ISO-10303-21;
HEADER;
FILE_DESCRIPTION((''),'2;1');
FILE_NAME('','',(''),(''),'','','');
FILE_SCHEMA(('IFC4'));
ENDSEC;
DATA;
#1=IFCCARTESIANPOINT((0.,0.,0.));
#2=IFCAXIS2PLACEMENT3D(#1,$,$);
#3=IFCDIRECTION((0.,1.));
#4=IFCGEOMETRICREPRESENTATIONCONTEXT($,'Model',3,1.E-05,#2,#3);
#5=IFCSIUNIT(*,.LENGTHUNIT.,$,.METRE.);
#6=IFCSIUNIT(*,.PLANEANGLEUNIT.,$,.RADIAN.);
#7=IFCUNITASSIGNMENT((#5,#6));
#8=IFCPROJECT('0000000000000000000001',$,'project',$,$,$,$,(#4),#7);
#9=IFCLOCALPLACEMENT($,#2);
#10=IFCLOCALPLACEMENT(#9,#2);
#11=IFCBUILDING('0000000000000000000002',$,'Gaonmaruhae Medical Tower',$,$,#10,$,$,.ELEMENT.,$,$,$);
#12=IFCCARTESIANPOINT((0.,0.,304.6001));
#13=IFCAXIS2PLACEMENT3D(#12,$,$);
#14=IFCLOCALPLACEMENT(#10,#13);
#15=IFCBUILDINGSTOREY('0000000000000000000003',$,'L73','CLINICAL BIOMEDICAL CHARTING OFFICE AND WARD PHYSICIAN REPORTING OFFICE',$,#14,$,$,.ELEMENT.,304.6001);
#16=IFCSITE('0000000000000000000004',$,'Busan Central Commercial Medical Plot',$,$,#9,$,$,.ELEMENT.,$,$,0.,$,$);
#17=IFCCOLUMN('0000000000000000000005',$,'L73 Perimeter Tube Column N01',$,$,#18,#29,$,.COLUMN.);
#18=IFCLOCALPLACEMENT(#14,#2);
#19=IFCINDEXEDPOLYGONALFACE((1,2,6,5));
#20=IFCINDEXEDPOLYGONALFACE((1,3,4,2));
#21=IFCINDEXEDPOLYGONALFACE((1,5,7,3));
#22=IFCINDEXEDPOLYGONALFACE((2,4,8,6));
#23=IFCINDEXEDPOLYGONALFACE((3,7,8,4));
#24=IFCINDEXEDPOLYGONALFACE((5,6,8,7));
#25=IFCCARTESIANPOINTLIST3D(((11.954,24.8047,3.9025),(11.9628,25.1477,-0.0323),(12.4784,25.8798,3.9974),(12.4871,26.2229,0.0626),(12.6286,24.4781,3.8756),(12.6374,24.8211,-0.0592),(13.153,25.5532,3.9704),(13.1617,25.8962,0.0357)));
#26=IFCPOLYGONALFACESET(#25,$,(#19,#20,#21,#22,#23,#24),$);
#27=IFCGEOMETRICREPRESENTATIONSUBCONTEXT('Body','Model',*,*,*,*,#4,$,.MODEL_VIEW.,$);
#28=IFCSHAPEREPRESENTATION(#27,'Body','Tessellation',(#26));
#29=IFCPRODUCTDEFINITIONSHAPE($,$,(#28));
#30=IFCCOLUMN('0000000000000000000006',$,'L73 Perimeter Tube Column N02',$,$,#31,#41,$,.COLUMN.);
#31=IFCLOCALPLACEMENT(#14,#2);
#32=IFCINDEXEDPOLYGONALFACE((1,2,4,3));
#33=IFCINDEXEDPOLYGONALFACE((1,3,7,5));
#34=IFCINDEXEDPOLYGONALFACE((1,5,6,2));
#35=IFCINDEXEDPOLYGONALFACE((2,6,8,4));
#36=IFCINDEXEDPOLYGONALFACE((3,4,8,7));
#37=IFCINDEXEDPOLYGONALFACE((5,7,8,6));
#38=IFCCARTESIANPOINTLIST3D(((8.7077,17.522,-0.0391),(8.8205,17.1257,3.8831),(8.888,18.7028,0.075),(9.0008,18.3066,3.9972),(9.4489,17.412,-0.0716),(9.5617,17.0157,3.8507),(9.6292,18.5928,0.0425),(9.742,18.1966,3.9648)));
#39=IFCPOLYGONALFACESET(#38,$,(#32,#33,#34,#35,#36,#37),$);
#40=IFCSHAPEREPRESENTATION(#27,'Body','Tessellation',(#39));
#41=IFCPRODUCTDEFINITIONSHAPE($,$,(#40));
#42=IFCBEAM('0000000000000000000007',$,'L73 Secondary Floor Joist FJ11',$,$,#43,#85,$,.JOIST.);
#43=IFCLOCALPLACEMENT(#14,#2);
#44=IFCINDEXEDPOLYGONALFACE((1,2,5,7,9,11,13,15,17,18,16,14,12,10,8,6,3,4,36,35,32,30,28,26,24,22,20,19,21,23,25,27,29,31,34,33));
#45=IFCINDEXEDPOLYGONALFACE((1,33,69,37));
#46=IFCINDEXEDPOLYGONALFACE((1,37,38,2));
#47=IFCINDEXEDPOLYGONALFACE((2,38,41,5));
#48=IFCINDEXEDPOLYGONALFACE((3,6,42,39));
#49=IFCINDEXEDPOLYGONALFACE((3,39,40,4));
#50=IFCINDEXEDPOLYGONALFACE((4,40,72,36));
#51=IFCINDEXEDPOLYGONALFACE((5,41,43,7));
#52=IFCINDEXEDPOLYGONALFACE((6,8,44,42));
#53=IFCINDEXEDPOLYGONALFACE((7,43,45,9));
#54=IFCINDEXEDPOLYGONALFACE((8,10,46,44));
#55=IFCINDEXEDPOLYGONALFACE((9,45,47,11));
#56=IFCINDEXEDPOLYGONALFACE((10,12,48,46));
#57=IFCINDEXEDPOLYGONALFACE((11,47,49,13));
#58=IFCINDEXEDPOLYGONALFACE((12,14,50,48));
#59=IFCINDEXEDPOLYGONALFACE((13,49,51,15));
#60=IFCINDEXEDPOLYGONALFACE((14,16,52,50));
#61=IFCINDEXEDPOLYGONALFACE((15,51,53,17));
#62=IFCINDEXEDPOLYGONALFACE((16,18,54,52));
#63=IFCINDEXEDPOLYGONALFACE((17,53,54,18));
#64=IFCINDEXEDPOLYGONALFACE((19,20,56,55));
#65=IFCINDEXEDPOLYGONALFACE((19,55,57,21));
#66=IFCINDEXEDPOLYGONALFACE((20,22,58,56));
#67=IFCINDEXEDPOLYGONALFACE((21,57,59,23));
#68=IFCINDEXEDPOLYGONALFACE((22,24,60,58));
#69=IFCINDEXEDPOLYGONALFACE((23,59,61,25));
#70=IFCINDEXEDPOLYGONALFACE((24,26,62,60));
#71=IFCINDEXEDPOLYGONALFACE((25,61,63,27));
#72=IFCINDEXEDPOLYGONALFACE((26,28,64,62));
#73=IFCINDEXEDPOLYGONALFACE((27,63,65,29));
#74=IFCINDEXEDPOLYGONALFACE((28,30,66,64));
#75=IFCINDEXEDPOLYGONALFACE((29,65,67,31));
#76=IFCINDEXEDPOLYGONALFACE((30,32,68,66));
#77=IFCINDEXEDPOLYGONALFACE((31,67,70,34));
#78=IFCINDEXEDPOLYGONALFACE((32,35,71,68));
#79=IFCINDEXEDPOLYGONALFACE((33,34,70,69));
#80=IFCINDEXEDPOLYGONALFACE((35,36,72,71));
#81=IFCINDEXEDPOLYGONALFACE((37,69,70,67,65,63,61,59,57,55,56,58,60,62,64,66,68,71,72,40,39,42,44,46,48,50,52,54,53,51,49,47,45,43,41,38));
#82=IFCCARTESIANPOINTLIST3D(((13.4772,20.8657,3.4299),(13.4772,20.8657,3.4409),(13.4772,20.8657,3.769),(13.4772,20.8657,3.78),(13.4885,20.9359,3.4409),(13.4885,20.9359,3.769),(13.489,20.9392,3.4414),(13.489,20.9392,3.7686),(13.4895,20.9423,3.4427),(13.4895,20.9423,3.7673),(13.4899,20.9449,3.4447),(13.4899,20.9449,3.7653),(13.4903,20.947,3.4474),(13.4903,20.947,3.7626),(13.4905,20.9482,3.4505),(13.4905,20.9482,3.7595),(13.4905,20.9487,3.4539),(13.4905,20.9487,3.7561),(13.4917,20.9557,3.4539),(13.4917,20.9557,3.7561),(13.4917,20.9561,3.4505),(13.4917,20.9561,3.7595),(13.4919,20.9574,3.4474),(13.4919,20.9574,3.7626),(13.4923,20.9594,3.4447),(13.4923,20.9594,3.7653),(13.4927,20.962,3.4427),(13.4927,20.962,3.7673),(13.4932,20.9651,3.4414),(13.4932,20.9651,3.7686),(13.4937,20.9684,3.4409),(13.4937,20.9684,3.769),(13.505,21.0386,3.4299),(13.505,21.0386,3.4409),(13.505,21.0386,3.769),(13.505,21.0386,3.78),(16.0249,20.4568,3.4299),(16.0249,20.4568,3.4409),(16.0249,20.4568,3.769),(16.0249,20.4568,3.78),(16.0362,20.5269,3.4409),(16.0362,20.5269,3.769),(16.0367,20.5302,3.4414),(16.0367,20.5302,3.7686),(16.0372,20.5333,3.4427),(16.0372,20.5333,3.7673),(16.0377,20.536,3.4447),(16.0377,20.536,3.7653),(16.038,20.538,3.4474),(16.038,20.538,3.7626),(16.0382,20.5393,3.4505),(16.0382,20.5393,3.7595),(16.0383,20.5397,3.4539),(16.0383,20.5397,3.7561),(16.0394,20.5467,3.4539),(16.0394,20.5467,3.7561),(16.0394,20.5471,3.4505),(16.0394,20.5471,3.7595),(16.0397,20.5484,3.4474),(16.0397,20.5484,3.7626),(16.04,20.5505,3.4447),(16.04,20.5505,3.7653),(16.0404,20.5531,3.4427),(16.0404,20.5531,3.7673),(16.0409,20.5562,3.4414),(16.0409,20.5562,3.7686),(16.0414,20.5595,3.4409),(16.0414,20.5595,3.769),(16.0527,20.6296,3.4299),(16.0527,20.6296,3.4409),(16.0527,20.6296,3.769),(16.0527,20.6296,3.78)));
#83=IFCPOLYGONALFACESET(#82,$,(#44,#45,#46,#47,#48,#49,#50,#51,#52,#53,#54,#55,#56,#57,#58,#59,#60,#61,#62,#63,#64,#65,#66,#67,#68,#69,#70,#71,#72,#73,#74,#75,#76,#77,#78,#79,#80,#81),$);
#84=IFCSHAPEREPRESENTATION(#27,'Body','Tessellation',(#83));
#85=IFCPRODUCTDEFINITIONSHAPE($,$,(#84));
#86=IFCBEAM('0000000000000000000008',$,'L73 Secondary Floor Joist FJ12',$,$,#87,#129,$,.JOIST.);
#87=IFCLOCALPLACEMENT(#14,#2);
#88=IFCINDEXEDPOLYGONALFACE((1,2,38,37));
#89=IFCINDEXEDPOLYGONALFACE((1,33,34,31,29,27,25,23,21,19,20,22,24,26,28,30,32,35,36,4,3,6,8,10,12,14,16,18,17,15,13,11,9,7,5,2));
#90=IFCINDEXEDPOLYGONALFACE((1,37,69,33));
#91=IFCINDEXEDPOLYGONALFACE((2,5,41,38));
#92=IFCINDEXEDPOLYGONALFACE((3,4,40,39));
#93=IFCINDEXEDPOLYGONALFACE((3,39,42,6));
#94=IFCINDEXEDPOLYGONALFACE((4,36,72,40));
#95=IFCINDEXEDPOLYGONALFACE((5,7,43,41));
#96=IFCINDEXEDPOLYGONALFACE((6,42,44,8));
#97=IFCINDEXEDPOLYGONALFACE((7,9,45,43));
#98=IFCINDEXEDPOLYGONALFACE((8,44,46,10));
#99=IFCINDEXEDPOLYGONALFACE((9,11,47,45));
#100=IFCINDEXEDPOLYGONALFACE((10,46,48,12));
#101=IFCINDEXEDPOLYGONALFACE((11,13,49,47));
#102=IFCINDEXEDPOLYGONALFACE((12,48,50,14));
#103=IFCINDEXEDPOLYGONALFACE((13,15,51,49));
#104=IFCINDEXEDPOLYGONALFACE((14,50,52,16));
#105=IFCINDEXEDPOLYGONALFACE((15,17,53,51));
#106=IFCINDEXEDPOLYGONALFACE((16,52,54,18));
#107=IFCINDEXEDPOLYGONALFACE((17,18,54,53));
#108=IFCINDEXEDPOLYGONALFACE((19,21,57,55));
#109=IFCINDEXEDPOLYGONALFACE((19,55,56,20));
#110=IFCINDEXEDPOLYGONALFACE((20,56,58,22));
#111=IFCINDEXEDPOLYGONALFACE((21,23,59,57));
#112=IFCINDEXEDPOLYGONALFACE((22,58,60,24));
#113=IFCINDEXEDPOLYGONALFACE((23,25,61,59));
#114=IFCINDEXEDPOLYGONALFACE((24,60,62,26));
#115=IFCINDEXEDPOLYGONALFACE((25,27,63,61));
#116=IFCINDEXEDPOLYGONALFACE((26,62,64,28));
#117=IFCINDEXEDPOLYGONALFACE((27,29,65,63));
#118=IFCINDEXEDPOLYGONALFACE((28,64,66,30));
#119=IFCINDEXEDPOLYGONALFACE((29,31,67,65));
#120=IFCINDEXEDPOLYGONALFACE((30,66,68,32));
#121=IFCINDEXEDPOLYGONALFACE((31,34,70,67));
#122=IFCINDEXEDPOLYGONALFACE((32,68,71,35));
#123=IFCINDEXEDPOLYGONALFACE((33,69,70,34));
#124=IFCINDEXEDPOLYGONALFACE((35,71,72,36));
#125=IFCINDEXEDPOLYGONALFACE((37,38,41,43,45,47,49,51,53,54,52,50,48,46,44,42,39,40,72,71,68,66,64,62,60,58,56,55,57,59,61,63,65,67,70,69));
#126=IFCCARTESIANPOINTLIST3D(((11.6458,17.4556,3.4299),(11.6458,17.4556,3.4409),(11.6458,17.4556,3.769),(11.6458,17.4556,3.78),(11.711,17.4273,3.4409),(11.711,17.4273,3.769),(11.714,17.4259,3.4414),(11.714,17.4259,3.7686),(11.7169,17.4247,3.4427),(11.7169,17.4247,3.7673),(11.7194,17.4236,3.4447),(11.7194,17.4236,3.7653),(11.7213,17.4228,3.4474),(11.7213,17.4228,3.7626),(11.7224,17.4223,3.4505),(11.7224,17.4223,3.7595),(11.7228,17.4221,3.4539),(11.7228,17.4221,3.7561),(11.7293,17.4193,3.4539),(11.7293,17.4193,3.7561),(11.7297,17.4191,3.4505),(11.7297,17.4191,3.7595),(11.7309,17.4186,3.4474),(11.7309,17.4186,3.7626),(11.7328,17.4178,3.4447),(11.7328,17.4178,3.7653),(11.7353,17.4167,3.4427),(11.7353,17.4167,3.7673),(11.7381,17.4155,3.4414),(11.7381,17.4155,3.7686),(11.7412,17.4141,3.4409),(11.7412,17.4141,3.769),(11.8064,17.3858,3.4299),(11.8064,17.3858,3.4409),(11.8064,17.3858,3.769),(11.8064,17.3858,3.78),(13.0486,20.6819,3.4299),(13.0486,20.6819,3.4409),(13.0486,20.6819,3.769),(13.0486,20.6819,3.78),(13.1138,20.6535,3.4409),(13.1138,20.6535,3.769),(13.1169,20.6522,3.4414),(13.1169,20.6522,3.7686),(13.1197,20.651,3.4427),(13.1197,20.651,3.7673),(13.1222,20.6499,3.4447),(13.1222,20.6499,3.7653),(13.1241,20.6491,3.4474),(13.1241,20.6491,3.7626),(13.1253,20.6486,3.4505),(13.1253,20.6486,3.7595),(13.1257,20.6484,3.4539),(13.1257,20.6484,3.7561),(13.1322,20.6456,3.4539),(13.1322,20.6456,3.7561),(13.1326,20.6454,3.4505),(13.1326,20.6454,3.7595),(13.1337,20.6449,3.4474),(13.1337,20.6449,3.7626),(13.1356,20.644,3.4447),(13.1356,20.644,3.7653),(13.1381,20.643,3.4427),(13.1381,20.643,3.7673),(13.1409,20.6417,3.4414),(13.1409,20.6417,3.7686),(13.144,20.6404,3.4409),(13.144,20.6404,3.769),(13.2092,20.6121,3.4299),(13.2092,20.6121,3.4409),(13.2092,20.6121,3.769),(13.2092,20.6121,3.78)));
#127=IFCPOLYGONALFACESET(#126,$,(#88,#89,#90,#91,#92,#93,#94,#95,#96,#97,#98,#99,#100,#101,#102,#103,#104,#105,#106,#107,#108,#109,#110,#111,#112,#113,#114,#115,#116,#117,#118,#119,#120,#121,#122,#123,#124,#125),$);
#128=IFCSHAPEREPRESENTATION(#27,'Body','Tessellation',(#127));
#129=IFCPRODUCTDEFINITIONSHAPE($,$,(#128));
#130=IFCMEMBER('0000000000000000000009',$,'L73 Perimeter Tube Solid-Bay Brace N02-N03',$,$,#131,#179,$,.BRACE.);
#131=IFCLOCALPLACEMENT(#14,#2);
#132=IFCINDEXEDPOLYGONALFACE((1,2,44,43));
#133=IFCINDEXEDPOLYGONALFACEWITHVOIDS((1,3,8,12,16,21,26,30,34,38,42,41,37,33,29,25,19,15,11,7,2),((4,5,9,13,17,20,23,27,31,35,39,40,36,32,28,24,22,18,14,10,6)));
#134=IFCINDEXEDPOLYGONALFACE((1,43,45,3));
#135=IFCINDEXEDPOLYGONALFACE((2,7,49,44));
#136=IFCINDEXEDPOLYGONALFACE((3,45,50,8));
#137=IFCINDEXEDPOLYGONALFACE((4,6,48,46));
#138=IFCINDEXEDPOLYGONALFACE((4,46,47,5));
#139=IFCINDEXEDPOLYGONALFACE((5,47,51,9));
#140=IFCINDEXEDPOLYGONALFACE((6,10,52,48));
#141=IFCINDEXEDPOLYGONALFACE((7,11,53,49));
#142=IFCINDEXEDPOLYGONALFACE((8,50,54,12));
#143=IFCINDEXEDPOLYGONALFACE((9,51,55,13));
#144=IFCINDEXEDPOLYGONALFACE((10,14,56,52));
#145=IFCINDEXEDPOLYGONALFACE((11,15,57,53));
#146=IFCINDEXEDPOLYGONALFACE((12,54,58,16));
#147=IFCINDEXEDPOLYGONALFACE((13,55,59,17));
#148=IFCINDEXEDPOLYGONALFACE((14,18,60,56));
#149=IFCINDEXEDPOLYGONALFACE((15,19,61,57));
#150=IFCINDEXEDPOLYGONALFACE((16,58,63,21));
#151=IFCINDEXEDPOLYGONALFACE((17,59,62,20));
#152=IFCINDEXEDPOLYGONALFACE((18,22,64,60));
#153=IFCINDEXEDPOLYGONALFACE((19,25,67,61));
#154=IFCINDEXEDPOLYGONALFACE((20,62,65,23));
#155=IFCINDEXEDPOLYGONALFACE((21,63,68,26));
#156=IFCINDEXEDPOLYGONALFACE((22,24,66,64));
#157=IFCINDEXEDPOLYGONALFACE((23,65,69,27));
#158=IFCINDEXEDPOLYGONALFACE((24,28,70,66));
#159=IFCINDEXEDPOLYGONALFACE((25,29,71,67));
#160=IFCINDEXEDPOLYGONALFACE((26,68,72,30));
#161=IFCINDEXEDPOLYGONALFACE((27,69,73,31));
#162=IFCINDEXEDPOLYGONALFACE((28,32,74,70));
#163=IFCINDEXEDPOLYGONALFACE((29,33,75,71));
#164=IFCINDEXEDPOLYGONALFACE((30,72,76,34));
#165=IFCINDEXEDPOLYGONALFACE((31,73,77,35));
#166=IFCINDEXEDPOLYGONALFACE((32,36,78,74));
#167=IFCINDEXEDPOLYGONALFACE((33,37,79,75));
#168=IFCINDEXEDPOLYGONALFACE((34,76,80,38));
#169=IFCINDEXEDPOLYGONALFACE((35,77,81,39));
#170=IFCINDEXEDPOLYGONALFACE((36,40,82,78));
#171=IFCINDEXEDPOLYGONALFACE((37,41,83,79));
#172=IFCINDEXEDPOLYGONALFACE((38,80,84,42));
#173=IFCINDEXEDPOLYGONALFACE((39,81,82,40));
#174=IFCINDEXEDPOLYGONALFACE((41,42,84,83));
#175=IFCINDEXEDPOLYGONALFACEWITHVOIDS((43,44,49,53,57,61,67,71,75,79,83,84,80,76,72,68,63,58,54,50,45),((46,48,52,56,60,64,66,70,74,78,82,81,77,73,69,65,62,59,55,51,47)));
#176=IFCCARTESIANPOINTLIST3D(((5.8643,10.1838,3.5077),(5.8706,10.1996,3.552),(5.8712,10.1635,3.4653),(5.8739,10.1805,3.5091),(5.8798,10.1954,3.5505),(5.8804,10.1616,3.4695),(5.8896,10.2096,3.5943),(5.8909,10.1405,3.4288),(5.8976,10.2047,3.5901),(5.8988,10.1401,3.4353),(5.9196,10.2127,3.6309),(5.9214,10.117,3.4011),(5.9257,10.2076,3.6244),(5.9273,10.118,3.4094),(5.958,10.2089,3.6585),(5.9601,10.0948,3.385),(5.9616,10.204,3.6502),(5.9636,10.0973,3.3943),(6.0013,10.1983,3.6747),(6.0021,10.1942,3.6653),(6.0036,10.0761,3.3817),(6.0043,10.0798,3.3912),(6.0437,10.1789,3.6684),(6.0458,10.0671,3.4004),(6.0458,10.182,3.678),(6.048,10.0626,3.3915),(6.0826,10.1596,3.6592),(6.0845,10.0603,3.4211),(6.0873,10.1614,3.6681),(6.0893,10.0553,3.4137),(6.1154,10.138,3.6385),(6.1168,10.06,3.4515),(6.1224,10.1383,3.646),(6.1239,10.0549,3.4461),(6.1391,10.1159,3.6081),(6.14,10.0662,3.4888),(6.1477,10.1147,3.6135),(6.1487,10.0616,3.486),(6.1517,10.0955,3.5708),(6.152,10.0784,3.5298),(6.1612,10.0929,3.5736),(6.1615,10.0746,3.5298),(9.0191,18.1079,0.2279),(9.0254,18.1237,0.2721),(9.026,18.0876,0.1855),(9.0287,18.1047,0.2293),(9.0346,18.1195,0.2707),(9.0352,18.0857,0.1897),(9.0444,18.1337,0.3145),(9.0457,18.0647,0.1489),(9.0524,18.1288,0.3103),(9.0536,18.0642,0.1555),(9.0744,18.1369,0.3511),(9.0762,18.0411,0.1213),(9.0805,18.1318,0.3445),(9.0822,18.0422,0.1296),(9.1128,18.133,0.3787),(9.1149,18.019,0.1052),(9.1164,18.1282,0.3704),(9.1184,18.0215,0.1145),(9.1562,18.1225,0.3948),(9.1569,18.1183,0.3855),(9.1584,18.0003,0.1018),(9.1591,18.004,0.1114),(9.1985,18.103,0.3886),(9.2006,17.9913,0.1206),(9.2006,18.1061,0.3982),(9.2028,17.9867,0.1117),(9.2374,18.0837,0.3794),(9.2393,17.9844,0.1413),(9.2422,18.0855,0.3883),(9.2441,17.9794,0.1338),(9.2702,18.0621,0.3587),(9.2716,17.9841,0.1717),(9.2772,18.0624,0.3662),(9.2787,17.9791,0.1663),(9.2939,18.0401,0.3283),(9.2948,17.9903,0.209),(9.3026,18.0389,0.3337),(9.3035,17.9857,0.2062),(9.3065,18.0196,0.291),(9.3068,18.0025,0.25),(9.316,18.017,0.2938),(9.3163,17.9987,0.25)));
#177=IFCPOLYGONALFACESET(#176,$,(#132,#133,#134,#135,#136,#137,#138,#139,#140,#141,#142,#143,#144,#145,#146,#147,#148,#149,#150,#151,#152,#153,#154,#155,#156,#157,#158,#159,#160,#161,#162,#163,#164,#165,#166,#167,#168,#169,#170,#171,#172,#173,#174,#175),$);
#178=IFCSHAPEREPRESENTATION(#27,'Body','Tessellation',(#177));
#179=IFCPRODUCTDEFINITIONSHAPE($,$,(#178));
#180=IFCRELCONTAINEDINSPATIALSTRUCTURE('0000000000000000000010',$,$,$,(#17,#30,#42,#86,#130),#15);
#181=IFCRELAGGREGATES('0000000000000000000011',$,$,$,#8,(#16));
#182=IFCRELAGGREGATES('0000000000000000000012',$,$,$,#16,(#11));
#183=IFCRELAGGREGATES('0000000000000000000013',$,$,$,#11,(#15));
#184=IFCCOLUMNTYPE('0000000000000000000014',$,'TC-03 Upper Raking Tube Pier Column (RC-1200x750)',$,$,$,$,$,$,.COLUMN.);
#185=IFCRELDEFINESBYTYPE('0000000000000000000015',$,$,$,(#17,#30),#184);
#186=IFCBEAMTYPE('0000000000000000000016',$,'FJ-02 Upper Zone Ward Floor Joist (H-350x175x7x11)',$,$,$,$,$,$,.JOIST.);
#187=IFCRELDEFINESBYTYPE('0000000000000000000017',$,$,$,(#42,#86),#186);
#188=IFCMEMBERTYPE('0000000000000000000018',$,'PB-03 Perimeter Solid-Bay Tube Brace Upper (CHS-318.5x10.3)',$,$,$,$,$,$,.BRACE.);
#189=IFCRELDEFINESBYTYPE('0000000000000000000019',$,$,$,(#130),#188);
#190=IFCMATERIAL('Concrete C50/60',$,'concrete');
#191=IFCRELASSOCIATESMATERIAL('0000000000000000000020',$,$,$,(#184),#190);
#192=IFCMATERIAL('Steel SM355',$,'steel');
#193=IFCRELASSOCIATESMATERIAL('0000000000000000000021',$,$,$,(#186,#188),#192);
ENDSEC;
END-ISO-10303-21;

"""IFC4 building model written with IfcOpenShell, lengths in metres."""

from ifc_helpers import new_model, si_unit, direction, frame, origin, origin_2d, place, context, subcontext, project, spatial, rectangle, hollow_circle, i_section, extrude, material, material_profile, profile_set, type_object, element, save


model = new_model("IFC4")

# Units and contexts
model_context = context("Model", 3, precision=1e-05, world=origin(), true_north=direction((0.0, 1.0)))
body_context = subcontext(model_context, "Body", "Model", "MODEL_VIEW")
ifc_project = project(units=[si_unit("LENGTHUNIT", "METRE"), si_unit("PLANEANGLEUNIT", "RADIAN")], contexts=[model_context])

# Site, building, storey
site_placement = place(None, origin())
site = spatial("IfcSite", under=ifc_project, at=site_placement, Name="Busan Central Commercial Medical Plot", CompositionType="ELEMENT", RefElevation=0.0)
building_placement = place(site_placement, origin())
building = spatial("IfcBuilding", under=site, at=building_placement, Name="Gaonmaruhae Medical Tower", CompositionType="ELEMENT")
storey_placement = place(building_placement, frame((0.0, 0.0, 304.6001)))
storey = spatial("IfcBuildingStorey", under=building, at=storey_placement, Name="L73", Description="CLINICAL BIOMEDICAL CHARTING OFFICE AND WARD PHYSICIAN REPORTING OFFICE", CompositionType="ELEMENT", Elevation=304.6001)

# Columns
ifc_material_1 = material(Name="Concrete C50/60", Category="concrete")
ifc_material_profile_1 = material_profile(ifc_material_1, rectangle(XDim=1.2, YDim=0.75, at=origin_2d()), Name="RC-1200x750")
ifc_profile_set_1 = profile_set([ifc_material_profile_1], Name="Concrete C50/60")
column_type = type_object("IfcColumnType", Name="TC-03 Upper Raking Tube Pier Column (RC-1200x750)", PredefinedType="COLUMN", material=ifc_profile_set_1)
column_1_placement = place(storey_placement, frame((12.5623, 25.522, 0.0017), z_axis=(-0.002225, -0.086845, 0.996219), x_axis=(0.436992, 0.895982, 0.079083)))
element("IfcColumn", 1, at=column_1_placement, inside=storey, type_object=column_type, Name="L73 Perimeter Tube Column N01", PredefinedType="COLUMN", context=body_context, shape_type="SweptSolid", body=[
    extrude(rectangle(XDim=1.2, YDim=0.75, at=origin_2d()), origin(), (0.0, 0.0, 1.0), 3.9497),
])
column_2_placement = place(storey_placement, frame((9.1685, 18.0574, 0.0017), z_axis=(0.028599, -0.100468, 0.994529), x_axis=(0.150218, 0.984069, 0.095092)))
element("IfcColumn", 2, at=column_2_placement, inside=storey, type_object=column_type, Name="L73 Perimeter Tube Column N02", PredefinedType="COLUMN", context=body_context, shape_type="SweptSolid", body=[
    extrude(rectangle(XDim=1.2, YDim=0.75, at=origin_2d()), origin(), (0.0, 0.0, 1.0), 3.9438),
])

# Beams
ifc_material_2 = material(Name="Steel SM355", Category="steel")
ifc_material_profile_2 = material_profile(ifc_material_2, i_section(OverallWidth=0.175, OverallDepth=0.3501, WebThickness=0.0071, FlangeThickness=0.011, FilletRadius=0.0129, at=origin_2d()), Name="H-350x175x7x11")
ifc_profile_set_2 = profile_set([ifc_material_profile_2], Name="Steel SM355")
beam_type_1 = type_object("IfcBeamType", Name="FJ-02 Upper Zone Ward Floor Joist (H-350x175x7x11)", PredefinedType="JOIST", material=ifc_profile_set_2)
beam_1_placement = place(storey_placement, frame((16.0388, 20.5432, 3.605), z_axis=(-0.987361, 0.158489, 0.0), x_axis=(-0.158489, -0.987361, 0.0)))
element("IfcBeam", 3, at=beam_1_placement, inside=storey, type_object=beam_type_1, Name="L73 Secondary Floor Joist FJ11", PredefinedType="JOIST", context=body_context, shape_type="SweptSolid", body=[
    extrude(i_section(OverallWidth=0.175, OverallDepth=0.3501, WebThickness=0.0071, FlangeThickness=0.011, FilletRadius=0.0129, at=origin_2d()), origin(), (0.0, 0.0, 1.0), 2.5803),
])
beam_2_placement = place(storey_placement, frame((13.1289, 20.647, 3.605), z_axis=(-0.398746, -0.917061, 0.0), x_axis=(0.917061, -0.398746, 0.0)))
element("IfcBeam", 4, at=beam_2_placement, inside=storey, type_object=beam_type_1, Name="L73 Secondary Floor Joist FJ12", PredefinedType="JOIST", context=body_context, shape_type="SweptSolid", body=[
    extrude(i_section(OverallWidth=0.175, OverallDepth=0.3501, WebThickness=0.0071, FlangeThickness=0.011, FilletRadius=0.0129, at=origin_2d()), origin(), (0.0, 0.0, 1.0), 3.5181),
])

# Member
ifc_material_profile_3 = material_profile(ifc_material_2, hollow_circle(Radius=0.1592, WallThickness=0.0103, at=origin_2d()), Name="CHS-318.5x10.3")
ifc_profile_set_3 = profile_set([ifc_material_profile_3], Name="Steel SM355")
member_type = type_object("IfcMemberType", Name="PB-03 Perimeter Solid-Bay Tube Brace Upper (CHS-318.5x10.3)", PredefinedType="BRACE", material=ifc_profile_set_3)
member_placement = place(storey_placement, frame((9.1685, 18.0576, 0.25), z_axis=(-0.345243, -0.867169, 0.358922), x_axis=(0.929076, -0.36989, 0.0)))
element("IfcMember", 5, at=member_placement, inside=storey, type_object=member_type, Name="L73 Perimeter Tube Solid-Bay Brace N02-N03", PredefinedType="BRACE", context=body_context, shape_type="SweptSolid", body=[
    extrude(hollow_circle(Radius=0.1592, WallThickness=0.0103, at=origin_2d()), origin(), (0.0, 0.0, 1.0), 9.1379),
])

save(model, "model.ifc")
